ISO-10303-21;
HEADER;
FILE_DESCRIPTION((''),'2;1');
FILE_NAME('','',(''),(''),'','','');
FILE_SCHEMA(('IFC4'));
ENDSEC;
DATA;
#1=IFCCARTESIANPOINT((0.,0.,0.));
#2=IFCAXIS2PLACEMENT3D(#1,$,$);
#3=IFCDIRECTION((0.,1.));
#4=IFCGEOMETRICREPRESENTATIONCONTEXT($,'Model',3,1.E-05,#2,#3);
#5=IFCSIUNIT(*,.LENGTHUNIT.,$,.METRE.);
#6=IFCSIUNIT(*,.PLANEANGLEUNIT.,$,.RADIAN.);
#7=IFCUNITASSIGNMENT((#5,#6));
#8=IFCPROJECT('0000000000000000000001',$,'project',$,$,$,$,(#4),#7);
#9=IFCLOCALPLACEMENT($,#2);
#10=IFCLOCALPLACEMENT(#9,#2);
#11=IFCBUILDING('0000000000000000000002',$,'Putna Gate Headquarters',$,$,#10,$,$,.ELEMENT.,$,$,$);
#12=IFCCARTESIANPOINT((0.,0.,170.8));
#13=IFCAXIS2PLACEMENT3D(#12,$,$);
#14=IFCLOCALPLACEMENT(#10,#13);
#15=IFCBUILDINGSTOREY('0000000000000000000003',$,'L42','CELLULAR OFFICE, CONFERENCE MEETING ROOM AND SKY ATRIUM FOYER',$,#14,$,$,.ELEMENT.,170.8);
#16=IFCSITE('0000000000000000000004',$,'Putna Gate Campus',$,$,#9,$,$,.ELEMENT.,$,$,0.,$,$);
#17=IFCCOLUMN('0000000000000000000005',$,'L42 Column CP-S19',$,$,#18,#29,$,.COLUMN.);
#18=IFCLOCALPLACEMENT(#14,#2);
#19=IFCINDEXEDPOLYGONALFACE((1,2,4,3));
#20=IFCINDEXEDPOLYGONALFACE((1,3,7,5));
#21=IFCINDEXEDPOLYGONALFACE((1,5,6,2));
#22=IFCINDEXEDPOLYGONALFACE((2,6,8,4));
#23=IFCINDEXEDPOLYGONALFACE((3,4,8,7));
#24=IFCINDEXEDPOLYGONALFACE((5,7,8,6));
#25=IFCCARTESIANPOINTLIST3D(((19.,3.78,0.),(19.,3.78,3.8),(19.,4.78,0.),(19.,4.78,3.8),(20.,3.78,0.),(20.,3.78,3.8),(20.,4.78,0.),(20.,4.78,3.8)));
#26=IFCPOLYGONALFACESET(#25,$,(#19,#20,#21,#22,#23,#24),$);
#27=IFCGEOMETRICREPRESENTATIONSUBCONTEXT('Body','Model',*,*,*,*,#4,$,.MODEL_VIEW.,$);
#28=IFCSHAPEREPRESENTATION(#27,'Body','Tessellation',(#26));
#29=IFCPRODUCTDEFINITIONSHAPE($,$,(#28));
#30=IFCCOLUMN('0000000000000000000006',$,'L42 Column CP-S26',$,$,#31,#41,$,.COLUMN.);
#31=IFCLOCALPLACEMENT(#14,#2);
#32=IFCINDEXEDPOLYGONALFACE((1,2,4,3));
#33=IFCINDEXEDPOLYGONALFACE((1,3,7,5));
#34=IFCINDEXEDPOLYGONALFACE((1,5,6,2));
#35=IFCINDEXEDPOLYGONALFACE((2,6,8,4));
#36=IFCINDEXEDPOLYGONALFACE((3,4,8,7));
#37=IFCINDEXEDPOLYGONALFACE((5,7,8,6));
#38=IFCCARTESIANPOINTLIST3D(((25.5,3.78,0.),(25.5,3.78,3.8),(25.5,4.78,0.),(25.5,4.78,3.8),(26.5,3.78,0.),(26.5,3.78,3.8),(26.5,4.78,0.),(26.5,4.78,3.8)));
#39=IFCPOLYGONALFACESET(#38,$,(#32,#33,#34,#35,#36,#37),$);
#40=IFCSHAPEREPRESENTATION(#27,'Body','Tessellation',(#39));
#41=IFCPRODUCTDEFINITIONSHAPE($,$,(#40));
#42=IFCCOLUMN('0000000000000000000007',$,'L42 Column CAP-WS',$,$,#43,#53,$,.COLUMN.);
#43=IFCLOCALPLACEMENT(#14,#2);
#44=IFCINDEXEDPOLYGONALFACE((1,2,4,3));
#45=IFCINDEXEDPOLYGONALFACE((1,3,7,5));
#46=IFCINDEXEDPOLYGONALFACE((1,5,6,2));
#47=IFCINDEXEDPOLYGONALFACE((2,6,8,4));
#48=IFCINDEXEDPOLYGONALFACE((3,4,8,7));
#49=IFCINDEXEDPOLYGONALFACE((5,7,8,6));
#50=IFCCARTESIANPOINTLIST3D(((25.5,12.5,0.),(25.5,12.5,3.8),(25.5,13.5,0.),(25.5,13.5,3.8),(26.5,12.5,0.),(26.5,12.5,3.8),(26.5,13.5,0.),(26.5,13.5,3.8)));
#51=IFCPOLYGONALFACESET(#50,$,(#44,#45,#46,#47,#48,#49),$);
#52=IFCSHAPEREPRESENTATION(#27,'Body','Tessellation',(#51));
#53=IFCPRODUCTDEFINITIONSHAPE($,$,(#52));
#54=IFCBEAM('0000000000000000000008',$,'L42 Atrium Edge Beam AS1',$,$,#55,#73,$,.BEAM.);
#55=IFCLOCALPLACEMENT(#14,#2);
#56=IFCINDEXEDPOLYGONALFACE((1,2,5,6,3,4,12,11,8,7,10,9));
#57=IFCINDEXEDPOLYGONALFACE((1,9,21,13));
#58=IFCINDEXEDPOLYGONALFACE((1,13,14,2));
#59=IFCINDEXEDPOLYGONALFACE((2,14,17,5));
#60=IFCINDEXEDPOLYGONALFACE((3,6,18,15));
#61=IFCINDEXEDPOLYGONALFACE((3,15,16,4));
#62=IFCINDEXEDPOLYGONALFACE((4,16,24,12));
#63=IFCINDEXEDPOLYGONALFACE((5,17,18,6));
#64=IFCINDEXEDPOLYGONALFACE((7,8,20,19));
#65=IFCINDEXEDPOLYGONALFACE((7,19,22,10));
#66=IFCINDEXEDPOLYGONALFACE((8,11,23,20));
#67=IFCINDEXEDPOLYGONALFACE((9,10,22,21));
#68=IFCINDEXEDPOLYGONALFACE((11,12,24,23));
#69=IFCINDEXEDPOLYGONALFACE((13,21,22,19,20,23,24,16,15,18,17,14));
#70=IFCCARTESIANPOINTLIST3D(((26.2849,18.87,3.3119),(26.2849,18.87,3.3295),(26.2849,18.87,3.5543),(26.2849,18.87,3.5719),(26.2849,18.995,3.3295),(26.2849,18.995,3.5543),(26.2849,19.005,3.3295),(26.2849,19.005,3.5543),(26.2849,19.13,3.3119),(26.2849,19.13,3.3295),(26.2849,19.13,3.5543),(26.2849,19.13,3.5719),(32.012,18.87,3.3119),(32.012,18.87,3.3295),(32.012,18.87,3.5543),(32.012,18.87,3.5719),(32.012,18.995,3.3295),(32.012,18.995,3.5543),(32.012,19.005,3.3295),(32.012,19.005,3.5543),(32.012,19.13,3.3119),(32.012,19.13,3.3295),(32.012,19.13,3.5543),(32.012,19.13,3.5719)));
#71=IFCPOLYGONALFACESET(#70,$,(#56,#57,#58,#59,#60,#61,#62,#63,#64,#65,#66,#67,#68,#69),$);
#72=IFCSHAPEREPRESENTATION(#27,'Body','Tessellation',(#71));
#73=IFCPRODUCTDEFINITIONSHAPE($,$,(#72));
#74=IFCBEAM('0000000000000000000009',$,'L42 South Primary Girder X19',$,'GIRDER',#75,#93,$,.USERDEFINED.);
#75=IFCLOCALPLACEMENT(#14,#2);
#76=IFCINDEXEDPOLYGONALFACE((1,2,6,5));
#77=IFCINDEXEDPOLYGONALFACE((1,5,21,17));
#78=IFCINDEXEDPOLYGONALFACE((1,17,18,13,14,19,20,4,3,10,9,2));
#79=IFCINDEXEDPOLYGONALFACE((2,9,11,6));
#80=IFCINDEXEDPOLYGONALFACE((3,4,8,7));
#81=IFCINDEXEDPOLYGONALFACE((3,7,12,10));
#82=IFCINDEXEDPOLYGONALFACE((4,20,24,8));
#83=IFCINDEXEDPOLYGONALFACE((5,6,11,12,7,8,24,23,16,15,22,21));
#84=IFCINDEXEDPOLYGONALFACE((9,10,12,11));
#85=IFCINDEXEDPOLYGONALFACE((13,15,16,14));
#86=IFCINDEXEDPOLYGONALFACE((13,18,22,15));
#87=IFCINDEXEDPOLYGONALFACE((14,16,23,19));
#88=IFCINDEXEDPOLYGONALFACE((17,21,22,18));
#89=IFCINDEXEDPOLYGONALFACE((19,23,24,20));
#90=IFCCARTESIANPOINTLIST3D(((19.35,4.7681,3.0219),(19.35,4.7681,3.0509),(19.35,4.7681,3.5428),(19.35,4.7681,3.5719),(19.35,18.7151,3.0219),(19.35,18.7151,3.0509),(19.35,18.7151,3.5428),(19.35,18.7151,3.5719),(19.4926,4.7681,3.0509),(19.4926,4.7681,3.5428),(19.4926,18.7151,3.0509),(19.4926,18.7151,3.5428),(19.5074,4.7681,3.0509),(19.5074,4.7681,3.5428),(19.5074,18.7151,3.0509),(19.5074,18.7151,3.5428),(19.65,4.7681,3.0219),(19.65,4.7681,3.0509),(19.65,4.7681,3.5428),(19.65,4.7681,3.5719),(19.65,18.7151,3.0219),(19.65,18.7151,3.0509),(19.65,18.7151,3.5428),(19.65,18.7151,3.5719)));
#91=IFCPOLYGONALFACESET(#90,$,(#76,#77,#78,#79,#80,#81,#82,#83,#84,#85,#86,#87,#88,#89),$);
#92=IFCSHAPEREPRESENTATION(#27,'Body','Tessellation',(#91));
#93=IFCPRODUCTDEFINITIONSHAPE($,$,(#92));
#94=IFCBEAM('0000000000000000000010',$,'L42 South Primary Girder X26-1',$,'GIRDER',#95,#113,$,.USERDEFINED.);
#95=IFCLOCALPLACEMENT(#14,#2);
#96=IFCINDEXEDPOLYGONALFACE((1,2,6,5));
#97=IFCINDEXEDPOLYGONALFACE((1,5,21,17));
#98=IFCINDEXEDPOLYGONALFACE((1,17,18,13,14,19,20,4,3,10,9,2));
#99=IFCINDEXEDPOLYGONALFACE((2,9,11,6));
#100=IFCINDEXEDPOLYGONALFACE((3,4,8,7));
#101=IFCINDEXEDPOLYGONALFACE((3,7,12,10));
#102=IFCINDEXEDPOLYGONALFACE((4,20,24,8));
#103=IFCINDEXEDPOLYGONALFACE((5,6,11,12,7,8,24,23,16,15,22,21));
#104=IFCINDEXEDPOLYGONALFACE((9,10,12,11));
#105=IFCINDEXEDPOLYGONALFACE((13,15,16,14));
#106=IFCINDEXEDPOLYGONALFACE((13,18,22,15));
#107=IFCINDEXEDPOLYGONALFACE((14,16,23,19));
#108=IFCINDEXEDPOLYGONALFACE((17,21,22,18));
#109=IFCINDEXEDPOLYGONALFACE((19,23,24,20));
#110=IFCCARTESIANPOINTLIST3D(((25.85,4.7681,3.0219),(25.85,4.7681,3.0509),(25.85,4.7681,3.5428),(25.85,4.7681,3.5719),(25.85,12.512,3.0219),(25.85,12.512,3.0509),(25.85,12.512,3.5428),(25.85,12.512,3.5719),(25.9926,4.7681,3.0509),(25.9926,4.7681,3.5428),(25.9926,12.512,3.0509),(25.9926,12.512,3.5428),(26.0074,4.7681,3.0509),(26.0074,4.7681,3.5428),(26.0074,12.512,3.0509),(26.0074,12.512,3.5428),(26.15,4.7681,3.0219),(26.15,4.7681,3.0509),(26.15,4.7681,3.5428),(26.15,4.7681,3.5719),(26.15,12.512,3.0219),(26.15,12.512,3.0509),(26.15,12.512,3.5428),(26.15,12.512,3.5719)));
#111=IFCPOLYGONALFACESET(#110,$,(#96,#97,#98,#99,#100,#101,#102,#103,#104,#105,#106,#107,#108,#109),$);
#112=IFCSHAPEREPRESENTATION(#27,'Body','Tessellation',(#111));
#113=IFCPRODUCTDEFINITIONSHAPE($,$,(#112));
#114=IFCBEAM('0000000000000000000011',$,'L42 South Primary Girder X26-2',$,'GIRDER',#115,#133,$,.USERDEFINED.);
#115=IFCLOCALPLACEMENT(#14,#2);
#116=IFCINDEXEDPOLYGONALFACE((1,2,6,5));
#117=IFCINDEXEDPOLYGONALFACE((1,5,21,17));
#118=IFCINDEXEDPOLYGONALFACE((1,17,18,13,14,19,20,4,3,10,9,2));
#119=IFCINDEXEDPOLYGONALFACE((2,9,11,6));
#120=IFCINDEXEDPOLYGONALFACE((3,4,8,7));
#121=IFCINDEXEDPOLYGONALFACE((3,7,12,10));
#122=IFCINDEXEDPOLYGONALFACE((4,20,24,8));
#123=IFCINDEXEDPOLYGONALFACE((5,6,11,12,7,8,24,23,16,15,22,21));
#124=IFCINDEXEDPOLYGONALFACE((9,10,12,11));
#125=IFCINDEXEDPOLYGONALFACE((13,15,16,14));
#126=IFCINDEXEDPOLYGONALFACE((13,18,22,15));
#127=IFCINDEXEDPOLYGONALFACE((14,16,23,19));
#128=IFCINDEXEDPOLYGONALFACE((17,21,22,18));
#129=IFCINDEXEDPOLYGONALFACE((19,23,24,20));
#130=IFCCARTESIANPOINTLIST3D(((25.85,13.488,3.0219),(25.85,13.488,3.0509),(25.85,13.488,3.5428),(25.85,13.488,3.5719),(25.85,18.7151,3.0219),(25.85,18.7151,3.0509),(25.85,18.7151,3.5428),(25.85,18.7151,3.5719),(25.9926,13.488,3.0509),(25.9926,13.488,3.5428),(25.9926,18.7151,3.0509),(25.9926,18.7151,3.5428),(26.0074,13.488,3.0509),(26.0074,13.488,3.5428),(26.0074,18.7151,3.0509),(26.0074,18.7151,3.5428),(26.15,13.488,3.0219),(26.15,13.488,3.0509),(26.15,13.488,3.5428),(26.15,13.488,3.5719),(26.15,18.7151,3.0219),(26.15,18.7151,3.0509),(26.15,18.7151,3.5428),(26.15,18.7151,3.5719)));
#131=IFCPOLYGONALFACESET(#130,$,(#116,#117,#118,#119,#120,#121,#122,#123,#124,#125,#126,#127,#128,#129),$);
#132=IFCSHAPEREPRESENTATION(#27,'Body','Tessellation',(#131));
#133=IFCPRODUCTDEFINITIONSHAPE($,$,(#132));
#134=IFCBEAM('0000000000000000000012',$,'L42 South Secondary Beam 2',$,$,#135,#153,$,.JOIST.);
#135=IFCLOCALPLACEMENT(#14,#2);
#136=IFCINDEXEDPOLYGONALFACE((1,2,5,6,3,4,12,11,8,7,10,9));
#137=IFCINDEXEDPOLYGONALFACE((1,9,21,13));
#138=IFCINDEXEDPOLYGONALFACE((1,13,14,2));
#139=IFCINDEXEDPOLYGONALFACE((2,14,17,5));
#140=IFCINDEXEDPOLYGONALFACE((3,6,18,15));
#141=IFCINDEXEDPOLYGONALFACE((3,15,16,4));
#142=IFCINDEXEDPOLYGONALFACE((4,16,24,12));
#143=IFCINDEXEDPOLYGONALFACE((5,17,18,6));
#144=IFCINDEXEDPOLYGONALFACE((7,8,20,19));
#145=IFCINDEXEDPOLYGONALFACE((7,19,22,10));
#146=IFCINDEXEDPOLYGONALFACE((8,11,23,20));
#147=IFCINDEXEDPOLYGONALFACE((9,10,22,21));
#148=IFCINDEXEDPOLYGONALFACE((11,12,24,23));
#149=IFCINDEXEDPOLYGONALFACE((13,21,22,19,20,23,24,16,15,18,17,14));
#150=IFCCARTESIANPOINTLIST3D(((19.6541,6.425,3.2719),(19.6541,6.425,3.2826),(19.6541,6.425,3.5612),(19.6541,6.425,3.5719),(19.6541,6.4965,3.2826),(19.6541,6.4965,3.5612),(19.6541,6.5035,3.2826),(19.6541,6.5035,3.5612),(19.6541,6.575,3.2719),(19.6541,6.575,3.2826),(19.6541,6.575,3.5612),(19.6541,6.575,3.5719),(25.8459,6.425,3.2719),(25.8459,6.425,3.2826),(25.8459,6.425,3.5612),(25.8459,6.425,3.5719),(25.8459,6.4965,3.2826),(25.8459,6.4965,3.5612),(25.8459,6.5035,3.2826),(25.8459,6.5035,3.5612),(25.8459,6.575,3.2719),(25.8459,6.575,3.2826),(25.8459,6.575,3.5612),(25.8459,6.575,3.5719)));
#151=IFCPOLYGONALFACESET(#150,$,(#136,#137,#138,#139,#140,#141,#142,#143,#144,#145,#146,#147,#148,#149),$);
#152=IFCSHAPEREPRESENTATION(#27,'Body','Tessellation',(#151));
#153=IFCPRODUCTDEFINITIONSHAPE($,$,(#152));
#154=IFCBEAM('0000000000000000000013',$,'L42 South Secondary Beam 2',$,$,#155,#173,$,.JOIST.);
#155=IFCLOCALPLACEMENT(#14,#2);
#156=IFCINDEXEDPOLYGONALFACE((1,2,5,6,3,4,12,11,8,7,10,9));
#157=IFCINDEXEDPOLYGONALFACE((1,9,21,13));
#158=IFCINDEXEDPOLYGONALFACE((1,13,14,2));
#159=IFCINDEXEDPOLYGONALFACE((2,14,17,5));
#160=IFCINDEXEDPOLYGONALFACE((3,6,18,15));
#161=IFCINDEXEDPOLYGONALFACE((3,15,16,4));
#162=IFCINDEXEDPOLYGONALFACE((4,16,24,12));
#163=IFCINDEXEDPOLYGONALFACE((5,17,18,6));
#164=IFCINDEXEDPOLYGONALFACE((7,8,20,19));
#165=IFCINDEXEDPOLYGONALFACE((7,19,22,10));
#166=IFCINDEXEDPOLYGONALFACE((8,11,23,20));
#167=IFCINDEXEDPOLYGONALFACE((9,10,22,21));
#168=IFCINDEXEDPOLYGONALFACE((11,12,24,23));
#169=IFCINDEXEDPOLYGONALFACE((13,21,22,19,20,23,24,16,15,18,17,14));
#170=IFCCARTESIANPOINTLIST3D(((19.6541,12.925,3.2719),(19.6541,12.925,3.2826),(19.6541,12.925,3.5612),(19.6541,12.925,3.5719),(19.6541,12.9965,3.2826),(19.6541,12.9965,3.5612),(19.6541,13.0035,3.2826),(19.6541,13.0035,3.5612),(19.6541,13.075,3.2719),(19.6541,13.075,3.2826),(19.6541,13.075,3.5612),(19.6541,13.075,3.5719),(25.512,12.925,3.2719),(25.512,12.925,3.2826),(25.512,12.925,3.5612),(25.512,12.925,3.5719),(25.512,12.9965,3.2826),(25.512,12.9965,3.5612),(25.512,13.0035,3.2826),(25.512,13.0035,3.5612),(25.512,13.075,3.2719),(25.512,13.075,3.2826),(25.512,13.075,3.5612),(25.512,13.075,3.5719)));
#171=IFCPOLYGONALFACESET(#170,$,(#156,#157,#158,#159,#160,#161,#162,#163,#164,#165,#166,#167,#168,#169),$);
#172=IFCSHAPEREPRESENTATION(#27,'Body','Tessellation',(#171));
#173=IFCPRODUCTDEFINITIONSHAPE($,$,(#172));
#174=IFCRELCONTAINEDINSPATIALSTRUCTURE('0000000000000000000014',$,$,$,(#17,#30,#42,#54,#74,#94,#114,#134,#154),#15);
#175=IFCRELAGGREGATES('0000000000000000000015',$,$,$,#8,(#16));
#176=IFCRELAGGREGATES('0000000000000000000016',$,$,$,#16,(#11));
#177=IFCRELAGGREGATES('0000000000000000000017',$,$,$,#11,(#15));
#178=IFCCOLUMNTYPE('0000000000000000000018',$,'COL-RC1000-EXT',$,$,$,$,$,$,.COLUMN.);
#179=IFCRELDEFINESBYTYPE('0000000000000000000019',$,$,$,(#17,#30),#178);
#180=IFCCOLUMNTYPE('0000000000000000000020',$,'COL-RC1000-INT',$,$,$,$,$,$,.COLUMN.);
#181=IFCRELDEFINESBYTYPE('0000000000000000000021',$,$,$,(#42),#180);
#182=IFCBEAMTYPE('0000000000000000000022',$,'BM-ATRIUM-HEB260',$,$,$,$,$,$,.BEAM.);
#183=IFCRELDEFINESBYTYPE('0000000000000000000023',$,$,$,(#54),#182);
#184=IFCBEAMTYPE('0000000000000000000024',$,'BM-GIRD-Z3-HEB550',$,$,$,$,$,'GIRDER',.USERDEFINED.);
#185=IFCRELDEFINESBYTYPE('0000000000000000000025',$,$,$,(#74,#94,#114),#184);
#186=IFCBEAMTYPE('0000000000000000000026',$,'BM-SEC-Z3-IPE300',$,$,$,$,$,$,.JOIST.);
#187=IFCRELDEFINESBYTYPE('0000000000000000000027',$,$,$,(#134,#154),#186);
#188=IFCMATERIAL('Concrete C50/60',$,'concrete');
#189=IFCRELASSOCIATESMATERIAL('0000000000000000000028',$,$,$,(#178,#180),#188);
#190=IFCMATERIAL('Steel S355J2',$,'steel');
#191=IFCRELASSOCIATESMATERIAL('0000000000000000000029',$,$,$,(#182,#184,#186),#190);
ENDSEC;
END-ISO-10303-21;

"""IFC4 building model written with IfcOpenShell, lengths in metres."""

from ifc_helpers import new_model, si_unit, direction, frame, origin, origin_2d, place, context, subcontext, project, spatial, rectangle, i_section, extrude, material, material_profile, profile_set, type_object, element, save


model = new_model("IFC4")

# Units and contexts
model_context = context("Model", 3, precision=1e-05, world=origin(), true_north=direction((0.0, 1.0)))
body_context = subcontext(model_context, "Body", "Model", "MODEL_VIEW")
ifc_project = project(units=[si_unit("LENGTHUNIT", "METRE"), si_unit("PLANEANGLEUNIT", "RADIAN")], contexts=[model_context])

# Site, building, storey
site_placement = place(None, origin())
site = spatial("IfcSite", under=ifc_project, at=site_placement, Name="Putna Gate Campus", CompositionType="ELEMENT", RefElevation=0.0)
building_placement = place(site_placement, origin())
building = spatial("IfcBuilding", under=site, at=building_placement, Name="Putna Gate Headquarters", CompositionType="ELEMENT")
storey_placement = place(building_placement, frame((0.0, 0.0, 170.8)))
storey = spatial("IfcBuildingStorey", under=building, at=storey_placement, Name="L42", Description="CELLULAR OFFICE, CONFERENCE MEETING ROOM AND SKY ATRIUM FOYER", CompositionType="ELEMENT", Elevation=170.8)

# Columns
ifc_material_1 = material(Name="Concrete C50/60", Category="concrete")
ifc_material_profile_1 = material_profile(ifc_material_1, rectangle(XDim=1.0, YDim=1.0, at=origin_2d()), Name="Concrete C50/60")
ifc_profile_set_1 = profile_set([ifc_material_profile_1], Name="Concrete C50/60")
column_type_1 = type_object("IfcColumnType", Name="COL-RC1000-EXT", PredefinedType="COLUMN", material=ifc_profile_set_1)
for number, where, z_axis, x_axis, name in (
    (1, (19.5, 4.28, 0.0), (0.0, 0.0, 1.0), (1.0, 0.0, 0.0), "L42 Column CP-S19"),
    (2, (26.0, 4.28, 0.0), (0.0, 0.0, 1.0), (1.0, 0.0, 0.0), "L42 Column CP-S26"),
):
    element("IfcColumn", number, at=place(storey_placement, frame(where, z_axis=z_axis, x_axis=x_axis)), inside=storey, type_object=column_type_1, Name=name, PredefinedType="COLUMN", context=body_context, shape_type="SweptSolid", body=[
        extrude(rectangle(XDim=1.0, YDim=1.0, at=origin_2d()), origin(), (0.0, 0.0, 1.0), 3.8),
    ])
ifc_material_profile_2 = material_profile(ifc_material_1, rectangle(XDim=1.0, YDim=1.0, at=origin_2d()), Name="Concrete C50/60")
ifc_profile_set_2 = profile_set([ifc_material_profile_2], Name="Concrete C50/60")
column_type_2 = type_object("IfcColumnType", Name="COL-RC1000-INT", PredefinedType="COLUMN", material=ifc_profile_set_2)
column_placement = place(storey_placement, frame((26.0, 13.0, 0.0), z_axis=(0.0, 0.0, 1.0), x_axis=(1.0, 0.0, 0.0)))
element("IfcColumn", 3, at=column_placement, inside=storey, type_object=column_type_2, Name="L42 Column CAP-WS", PredefinedType="COLUMN", context=body_context, shape_type="SweptSolid", body=[
    extrude(rectangle(XDim=1.0, YDim=1.0, at=origin_2d()), origin(), (0.0, 0.0, 1.0), 3.8),
])

# Beams
ifc_material_2 = material(Name="Steel S355J2", Category="steel")
ifc_material_profile_3 = material_profile(ifc_material_2, i_section(OverallWidth=0.26, OverallDepth=0.26, WebThickness=0.01, FlangeThickness=0.0176, at=origin_2d()), Name="Steel S355J2")
ifc_profile_set_3 = profile_set([ifc_material_profile_3], Name="Steel S355J2")
beam_type_1 = type_object("IfcBeamType", Name="BM-ATRIUM-HEB260", PredefinedType="BEAM", material=ifc_profile_set_3)
beam_1_placement = place(storey_placement, frame((26.2849, 19.0, 3.4419), z_axis=(1.0, 0.0, 0.0), x_axis=(0.0, 1.0, 0.0)))
element("IfcBeam", 4, at=beam_1_placement, inside=storey, type_object=beam_type_1, Name="L42 Atrium Edge Beam AS1", PredefinedType="BEAM", context=body_context, shape_type="SweptSolid", body=[
    extrude(i_section(OverallWidth=0.26, OverallDepth=0.26, WebThickness=0.01, FlangeThickness=0.0176, at=origin_2d()), origin(), (0.0, 0.0, 1.0), 5.7271),
])
ifc_material_profile_4 = material_profile(ifc_material_2, i_section(OverallWidth=0.3, OverallDepth=0.55, WebThickness=0.0149, FlangeThickness=0.0291, at=origin_2d()), Name="Steel S355J2")
ifc_profile_set_4 = profile_set([ifc_material_profile_4], Name="Steel S355J2")
beam_type_2 = type_object("IfcBeamType", Name="BM-GIRD-Z3-HEB550", ElementType="GIRDER", PredefinedType="USERDEFINED", material=ifc_profile_set_4)
beam_2_placement = place(storey_placement, frame((19.5, 4.7681, 3.2969), z_axis=(0.0, 1.0, 0.0), x_axis=(-1.0, 0.0, 0.0)))
element("IfcBeam", 5, at=beam_2_placement, inside=storey, type_object=beam_type_2, Name="L42 South Primary Girder X19", ObjectType="GIRDER", PredefinedType="USERDEFINED", context=body_context, shape_type="SweptSolid", body=[
    extrude(i_section(OverallWidth=0.3, OverallDepth=0.55, WebThickness=0.0149, FlangeThickness=0.0291, at=origin_2d()), origin(), (0.0, 0.0, 1.0), 13.947),
])
beam_3_placement = place(storey_placement, frame((26.0, 4.7681, 3.2969), z_axis=(0.0, 1.0, 0.0), x_axis=(-1.0, 0.0, 0.0)))
element("IfcBeam", 6, at=beam_3_placement, inside=storey, type_object=beam_type_2, Name="L42 South Primary Girder X26-1", ObjectType="GIRDER", PredefinedType="USERDEFINED", context=body_context, shape_type="SweptSolid", body=[
    extrude(i_section(OverallWidth=0.3, OverallDepth=0.55, WebThickness=0.0149, FlangeThickness=0.0291, at=origin_2d()), origin(), (0.0, 0.0, 1.0), 7.7439),
])
beam_4_placement = place(storey_placement, frame((26.0, 13.488, 3.2969), z_axis=(0.0, 1.0, 0.0), x_axis=(-1.0, 0.0, 0.0)))
element("IfcBeam", 7, at=beam_4_placement, inside=storey, type_object=beam_type_2, Name="L42 South Primary Girder X26-2", ObjectType="GIRDER", PredefinedType="USERDEFINED", context=body_context, shape_type="SweptSolid", body=[
    extrude(i_section(OverallWidth=0.3, OverallDepth=0.55, WebThickness=0.0149, FlangeThickness=0.0291, at=origin_2d()), origin(), (0.0, 0.0, 1.0), 5.2271),
])
ifc_material_profile_5 = material_profile(ifc_material_2, i_section(OverallWidth=0.1499, OverallDepth=0.3, WebThickness=0.0071, FlangeThickness=0.0107, at=origin_2d()), Name="Steel S355J2")
ifc_profile_set_5 = profile_set([ifc_material_profile_5], Name="Steel S355J2")
beam_type_3 = type_object("IfcBeamType", Name="BM-SEC-Z3-IPE300", PredefinedType="JOIST", material=ifc_profile_set_5)
beam_5_placement = place(storey_placement, frame((19.6541, 6.5, 3.4219), z_axis=(1.0, 0.0, 0.0), x_axis=(0.0, 1.0, 0.0)))
element("IfcBeam", 8, at=beam_5_placement, inside=storey, type_object=beam_type_3, Name="L42 South Secondary Beam 2", PredefinedType="JOIST", context=body_context, shape_type="SweptSolid", body=[
    extrude(i_section(OverallWidth=0.1499, OverallDepth=0.3, WebThickness=0.0071, FlangeThickness=0.0107, at=origin_2d()), origin(), (0.0, 0.0, 1.0), 6.1919),
])
beam_6_placement = place(storey_placement, frame((19.6541, 13.0, 3.4219), z_axis=(1.0, 0.0, 0.0), x_axis=(0.0, 1.0, 0.0)))
element("IfcBeam", 9, at=beam_6_placement, inside=storey, type_object=beam_type_3, Name="L42 South Secondary Beam 2", PredefinedType="JOIST", context=body_context, shape_type="SweptSolid", body=[
    extrude(i_section(OverallWidth=0.1499, OverallDepth=0.3, WebThickness=0.0071, FlangeThickness=0.0107, at=origin_2d()), origin(), (0.0, 0.0, 1.0), 5.8579),
])

save(model, "model.ifc")
